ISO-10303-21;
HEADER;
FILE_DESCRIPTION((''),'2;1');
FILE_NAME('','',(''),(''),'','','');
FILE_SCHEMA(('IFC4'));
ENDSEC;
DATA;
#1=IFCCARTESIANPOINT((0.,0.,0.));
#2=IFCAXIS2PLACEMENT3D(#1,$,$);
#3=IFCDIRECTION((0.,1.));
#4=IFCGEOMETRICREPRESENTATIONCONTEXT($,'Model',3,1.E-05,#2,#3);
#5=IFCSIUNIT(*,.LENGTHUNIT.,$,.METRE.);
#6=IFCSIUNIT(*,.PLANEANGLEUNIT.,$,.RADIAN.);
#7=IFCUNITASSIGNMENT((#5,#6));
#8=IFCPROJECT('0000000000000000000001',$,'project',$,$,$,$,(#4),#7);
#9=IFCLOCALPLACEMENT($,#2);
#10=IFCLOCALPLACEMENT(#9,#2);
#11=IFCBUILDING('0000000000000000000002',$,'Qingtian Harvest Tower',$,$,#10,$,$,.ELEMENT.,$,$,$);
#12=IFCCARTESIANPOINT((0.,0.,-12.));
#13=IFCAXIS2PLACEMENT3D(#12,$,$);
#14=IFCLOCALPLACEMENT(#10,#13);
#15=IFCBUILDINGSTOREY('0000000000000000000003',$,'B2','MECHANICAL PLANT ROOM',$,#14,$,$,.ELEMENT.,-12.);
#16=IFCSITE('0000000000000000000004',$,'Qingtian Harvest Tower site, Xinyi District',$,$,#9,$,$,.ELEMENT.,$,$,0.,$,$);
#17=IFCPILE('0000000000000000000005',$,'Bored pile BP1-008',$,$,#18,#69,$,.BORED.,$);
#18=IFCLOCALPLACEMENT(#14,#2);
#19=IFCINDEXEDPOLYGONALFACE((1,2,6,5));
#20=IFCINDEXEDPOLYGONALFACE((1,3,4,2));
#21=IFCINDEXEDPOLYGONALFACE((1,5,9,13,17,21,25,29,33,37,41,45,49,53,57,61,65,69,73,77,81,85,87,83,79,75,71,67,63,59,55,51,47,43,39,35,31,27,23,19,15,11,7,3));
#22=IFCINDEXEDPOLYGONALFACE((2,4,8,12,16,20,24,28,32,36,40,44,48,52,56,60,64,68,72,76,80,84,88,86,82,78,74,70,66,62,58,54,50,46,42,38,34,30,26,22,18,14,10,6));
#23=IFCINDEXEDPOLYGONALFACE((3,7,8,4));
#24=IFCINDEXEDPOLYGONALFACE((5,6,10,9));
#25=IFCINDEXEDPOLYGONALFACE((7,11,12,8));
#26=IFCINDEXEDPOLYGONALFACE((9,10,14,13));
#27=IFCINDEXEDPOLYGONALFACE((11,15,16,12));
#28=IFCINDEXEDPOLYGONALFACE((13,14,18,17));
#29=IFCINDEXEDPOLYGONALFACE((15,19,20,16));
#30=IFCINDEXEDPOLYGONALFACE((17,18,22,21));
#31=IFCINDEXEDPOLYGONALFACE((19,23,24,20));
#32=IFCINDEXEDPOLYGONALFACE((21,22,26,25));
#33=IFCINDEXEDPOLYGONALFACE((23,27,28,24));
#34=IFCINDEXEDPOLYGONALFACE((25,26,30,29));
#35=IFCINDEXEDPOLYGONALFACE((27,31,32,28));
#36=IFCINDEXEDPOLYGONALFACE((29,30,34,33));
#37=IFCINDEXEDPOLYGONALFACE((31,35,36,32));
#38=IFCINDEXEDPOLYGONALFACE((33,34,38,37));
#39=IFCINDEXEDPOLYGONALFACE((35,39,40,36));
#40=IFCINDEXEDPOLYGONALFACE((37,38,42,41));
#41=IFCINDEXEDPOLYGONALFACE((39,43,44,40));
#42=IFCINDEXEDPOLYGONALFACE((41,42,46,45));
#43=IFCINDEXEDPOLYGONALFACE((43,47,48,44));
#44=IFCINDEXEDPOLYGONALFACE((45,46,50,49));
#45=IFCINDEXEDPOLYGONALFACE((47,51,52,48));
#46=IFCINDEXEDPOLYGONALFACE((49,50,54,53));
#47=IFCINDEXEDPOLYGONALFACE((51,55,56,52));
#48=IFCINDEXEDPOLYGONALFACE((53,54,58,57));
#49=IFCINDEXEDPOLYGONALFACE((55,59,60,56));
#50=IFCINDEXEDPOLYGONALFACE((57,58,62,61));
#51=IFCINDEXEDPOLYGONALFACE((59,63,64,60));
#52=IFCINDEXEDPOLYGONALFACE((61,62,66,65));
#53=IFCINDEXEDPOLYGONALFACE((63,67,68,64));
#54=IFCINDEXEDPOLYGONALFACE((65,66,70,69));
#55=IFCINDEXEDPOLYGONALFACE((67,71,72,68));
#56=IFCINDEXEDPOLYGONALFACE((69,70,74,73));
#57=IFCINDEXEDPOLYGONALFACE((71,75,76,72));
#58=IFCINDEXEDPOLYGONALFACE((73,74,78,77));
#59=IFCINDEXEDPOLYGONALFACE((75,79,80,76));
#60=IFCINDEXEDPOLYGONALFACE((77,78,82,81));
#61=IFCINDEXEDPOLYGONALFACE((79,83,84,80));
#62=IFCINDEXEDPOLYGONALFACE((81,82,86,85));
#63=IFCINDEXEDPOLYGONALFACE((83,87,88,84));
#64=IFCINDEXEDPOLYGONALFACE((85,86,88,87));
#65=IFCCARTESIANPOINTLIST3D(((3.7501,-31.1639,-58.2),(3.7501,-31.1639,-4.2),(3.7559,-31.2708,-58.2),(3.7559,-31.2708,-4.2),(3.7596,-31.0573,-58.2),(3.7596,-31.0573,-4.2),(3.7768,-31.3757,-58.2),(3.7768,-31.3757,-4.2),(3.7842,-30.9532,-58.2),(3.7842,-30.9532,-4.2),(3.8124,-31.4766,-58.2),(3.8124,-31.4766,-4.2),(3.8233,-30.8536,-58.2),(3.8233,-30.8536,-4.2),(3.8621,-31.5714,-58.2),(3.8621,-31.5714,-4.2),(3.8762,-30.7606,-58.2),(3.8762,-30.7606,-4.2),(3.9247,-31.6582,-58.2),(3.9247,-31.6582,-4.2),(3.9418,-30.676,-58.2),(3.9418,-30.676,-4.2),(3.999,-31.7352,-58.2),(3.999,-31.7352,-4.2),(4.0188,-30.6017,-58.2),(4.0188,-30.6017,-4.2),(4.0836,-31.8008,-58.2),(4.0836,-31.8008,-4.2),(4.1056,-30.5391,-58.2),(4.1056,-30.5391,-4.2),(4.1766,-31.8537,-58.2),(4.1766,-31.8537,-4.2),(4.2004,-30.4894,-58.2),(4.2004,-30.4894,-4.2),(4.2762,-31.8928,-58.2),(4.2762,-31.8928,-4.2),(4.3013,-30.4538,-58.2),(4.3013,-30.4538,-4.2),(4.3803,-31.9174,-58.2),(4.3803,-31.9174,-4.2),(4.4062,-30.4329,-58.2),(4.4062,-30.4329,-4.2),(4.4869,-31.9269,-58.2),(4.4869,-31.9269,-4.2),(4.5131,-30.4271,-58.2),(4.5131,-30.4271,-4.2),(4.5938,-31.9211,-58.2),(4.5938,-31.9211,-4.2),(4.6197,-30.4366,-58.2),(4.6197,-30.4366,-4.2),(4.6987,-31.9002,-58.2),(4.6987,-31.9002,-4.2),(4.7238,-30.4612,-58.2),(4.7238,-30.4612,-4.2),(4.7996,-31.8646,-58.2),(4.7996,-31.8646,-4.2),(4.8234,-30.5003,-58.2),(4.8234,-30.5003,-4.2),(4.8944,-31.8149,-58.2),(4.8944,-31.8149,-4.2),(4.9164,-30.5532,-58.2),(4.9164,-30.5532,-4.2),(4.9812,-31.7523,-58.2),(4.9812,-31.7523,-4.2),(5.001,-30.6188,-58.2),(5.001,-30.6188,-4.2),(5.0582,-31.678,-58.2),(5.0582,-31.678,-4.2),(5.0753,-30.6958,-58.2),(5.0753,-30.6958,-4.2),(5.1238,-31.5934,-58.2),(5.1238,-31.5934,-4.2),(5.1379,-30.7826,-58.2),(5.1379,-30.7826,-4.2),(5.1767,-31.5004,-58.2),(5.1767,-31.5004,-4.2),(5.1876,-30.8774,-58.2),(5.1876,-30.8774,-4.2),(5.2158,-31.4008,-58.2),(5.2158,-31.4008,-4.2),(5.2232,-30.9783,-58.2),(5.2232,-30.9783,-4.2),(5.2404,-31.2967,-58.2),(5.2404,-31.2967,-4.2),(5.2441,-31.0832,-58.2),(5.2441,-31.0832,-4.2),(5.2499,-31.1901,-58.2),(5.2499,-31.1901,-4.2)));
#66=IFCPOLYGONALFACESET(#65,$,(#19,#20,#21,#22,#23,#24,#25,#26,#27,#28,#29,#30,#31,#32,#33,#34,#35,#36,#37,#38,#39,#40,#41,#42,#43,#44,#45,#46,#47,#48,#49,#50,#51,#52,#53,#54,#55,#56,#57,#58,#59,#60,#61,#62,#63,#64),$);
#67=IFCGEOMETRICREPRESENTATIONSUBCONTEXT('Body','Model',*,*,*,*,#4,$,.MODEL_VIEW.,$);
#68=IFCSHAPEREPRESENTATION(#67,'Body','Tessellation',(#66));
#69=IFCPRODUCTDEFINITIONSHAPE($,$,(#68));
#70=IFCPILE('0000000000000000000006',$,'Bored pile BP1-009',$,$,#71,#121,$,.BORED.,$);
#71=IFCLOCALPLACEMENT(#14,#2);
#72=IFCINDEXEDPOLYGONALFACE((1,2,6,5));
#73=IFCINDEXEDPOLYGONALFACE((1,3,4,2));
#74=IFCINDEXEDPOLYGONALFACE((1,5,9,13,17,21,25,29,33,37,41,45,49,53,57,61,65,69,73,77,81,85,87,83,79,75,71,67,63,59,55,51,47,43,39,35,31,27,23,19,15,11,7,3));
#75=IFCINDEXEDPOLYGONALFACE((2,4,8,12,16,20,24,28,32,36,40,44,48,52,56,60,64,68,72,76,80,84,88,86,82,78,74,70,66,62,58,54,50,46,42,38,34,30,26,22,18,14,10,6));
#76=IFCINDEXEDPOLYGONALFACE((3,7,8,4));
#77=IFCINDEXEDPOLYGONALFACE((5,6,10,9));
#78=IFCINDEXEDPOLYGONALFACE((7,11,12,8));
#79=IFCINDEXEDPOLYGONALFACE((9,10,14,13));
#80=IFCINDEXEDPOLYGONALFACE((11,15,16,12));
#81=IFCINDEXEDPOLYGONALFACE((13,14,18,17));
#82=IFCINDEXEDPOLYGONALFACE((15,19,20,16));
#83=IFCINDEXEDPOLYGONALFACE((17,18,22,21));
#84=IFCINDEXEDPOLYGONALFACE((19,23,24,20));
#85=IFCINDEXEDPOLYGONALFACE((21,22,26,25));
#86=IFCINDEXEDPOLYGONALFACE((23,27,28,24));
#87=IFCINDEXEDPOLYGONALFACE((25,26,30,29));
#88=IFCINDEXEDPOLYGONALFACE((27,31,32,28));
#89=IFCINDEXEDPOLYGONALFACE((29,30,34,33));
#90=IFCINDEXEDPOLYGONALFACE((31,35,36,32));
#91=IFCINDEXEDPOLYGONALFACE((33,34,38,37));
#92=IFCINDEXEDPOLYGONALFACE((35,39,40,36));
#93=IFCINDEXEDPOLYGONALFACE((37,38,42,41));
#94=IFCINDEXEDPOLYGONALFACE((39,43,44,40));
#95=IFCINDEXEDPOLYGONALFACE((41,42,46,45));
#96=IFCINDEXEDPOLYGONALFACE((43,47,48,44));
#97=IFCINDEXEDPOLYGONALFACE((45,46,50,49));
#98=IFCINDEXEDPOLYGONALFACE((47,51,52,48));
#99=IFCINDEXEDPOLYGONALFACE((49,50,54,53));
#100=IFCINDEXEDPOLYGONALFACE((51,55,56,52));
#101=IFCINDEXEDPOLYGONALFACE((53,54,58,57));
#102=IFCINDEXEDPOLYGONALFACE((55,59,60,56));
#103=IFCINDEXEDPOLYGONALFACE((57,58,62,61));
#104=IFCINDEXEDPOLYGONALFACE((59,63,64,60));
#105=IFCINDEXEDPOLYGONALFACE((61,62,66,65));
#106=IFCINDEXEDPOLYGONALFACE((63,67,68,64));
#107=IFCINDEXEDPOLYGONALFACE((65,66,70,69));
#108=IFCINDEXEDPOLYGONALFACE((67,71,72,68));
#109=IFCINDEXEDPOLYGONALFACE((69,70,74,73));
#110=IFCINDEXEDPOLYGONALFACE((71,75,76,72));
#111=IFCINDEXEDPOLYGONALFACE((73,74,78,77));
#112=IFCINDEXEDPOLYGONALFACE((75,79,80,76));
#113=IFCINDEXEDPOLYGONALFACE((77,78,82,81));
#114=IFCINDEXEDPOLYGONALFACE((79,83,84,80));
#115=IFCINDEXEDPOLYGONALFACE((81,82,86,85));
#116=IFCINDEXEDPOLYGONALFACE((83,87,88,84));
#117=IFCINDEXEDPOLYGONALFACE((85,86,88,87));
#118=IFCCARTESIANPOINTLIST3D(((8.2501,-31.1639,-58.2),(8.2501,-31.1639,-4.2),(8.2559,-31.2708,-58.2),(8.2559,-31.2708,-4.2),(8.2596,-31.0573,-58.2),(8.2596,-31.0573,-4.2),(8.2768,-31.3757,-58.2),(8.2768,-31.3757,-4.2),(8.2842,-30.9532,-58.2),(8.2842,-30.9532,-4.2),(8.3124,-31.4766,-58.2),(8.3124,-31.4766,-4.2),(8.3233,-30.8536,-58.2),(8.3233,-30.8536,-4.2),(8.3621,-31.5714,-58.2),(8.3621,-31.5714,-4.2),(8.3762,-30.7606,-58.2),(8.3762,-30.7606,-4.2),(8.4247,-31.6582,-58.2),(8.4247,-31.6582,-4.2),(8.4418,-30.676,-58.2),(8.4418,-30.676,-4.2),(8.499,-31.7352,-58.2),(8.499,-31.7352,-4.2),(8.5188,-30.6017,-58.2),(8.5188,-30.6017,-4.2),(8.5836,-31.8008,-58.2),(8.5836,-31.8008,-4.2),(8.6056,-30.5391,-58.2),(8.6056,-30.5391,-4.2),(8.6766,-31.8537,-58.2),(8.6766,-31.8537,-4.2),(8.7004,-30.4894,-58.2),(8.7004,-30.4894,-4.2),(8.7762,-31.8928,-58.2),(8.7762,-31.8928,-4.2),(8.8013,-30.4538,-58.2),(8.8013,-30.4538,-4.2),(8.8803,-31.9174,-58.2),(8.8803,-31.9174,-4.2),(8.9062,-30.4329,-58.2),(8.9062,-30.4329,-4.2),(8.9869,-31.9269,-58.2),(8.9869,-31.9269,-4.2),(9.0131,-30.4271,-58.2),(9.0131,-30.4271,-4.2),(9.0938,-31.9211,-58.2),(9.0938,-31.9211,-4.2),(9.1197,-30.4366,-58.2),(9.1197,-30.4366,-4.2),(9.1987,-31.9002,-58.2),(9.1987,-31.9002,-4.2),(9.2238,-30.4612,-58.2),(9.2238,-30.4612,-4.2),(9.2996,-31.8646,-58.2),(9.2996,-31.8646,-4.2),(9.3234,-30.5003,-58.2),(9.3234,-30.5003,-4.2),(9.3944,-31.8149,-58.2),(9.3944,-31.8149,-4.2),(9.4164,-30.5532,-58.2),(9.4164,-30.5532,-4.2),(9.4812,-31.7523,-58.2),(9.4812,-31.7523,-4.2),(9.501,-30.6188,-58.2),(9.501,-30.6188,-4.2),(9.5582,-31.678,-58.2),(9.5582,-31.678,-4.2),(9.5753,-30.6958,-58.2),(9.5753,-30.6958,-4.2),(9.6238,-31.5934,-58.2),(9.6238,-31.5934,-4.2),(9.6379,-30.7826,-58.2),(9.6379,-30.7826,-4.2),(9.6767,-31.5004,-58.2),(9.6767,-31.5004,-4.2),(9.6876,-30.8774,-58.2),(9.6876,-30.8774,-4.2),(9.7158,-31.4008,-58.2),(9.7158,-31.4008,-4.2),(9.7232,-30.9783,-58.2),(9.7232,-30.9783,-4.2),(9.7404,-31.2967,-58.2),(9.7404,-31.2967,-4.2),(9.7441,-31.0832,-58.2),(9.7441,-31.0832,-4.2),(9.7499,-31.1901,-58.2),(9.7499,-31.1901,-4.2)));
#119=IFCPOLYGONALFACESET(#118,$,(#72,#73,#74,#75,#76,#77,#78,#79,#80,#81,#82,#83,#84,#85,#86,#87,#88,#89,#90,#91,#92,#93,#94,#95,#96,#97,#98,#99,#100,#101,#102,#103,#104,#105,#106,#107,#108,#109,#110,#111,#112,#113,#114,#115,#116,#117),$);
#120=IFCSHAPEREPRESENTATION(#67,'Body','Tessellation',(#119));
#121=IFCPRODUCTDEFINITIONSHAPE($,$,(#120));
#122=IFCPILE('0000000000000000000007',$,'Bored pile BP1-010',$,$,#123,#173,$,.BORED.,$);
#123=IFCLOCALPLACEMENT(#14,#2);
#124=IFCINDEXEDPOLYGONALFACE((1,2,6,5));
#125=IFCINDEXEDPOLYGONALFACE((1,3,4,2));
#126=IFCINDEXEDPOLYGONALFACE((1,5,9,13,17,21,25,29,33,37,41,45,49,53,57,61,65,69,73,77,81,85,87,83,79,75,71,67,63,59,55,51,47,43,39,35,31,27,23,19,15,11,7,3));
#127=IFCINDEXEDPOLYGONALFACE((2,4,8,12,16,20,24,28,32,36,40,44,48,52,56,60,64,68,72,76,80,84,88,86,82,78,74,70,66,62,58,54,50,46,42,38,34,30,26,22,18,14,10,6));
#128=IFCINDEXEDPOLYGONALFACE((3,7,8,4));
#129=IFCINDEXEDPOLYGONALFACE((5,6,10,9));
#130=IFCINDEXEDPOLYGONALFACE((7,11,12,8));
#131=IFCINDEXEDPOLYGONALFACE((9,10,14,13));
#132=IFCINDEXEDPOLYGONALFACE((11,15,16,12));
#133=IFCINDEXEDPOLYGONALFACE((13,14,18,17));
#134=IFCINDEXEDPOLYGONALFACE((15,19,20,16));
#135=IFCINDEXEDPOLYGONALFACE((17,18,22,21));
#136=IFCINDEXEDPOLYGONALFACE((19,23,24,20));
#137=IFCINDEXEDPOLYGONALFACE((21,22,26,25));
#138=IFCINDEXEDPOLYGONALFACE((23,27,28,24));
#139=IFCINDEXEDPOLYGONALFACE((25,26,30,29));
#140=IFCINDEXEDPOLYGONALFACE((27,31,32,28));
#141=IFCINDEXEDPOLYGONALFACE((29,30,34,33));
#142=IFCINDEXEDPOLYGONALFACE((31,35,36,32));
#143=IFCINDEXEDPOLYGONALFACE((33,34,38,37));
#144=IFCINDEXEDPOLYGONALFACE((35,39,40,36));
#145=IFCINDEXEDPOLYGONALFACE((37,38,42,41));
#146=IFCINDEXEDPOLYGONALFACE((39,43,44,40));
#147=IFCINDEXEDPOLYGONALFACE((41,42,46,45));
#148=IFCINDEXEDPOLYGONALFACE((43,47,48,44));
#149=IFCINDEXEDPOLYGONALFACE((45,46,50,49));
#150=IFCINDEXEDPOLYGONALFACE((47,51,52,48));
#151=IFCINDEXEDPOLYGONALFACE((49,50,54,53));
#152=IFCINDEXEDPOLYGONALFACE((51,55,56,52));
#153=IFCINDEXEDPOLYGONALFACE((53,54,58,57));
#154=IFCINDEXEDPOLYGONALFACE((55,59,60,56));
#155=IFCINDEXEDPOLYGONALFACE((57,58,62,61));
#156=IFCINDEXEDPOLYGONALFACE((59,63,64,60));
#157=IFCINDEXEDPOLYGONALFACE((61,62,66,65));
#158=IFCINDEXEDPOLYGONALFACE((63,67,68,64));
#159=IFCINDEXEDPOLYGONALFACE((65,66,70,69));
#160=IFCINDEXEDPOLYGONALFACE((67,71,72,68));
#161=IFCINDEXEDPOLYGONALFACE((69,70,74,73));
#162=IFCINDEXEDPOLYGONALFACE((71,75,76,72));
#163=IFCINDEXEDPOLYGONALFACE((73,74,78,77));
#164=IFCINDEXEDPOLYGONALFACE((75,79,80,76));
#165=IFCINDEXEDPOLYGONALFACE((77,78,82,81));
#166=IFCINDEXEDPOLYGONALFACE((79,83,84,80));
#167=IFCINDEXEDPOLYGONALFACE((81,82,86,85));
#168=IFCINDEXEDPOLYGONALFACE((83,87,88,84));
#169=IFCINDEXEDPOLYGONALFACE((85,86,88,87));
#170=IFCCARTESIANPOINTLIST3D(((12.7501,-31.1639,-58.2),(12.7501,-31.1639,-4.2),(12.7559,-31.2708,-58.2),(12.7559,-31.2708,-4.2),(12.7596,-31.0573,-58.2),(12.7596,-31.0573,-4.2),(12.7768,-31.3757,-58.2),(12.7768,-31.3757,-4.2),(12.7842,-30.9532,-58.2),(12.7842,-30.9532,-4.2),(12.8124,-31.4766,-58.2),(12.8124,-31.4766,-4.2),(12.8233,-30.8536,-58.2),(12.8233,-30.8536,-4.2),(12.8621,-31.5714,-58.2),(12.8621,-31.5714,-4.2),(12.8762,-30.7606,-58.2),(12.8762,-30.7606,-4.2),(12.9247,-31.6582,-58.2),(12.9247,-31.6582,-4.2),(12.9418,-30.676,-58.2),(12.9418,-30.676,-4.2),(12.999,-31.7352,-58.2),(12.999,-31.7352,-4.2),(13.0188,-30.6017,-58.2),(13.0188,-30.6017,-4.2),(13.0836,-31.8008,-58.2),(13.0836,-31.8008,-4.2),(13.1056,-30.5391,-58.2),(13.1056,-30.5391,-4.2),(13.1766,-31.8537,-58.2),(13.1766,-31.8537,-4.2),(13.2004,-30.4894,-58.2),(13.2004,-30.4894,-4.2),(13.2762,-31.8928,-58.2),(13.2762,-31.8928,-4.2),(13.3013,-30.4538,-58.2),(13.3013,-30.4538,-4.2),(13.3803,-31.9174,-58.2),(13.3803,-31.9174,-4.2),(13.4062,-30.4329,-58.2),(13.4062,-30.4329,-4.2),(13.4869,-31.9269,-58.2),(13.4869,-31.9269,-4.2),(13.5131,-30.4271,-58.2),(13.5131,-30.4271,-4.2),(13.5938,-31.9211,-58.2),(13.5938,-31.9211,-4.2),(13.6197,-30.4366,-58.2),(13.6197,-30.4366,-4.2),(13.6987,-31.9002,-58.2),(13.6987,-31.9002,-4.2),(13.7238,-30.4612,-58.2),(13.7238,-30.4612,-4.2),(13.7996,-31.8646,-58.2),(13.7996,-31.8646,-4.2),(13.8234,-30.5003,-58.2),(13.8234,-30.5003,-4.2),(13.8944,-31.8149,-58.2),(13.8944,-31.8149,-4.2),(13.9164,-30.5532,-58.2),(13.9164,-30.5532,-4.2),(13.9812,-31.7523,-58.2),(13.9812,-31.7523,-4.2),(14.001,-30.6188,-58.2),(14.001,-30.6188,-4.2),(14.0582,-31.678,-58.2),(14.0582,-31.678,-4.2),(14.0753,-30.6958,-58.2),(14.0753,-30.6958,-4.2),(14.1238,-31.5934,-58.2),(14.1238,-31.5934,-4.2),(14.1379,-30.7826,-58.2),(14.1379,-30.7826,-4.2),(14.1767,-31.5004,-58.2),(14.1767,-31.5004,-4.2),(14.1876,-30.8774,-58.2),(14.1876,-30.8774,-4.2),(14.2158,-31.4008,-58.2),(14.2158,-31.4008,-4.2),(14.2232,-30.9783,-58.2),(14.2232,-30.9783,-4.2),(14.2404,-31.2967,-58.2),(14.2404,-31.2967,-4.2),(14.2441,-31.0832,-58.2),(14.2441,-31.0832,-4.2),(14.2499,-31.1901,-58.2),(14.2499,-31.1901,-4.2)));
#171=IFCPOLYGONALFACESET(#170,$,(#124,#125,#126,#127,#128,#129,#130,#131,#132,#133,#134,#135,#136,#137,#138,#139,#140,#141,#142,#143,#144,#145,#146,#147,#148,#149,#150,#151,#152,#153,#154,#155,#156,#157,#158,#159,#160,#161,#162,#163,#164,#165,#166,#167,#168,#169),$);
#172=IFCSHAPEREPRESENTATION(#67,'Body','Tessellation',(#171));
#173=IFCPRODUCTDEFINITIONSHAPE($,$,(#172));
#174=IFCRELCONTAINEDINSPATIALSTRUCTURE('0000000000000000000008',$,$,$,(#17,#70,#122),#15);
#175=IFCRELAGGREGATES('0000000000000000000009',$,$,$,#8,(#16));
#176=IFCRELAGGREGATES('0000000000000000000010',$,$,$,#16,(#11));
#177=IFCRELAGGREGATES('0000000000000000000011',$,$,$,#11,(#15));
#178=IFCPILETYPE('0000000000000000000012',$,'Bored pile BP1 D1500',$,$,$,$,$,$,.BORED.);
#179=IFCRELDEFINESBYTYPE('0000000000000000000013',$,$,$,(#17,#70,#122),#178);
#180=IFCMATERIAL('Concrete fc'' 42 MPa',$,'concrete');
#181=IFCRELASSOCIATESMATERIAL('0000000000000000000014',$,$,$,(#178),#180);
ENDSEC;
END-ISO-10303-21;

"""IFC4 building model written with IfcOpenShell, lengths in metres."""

from ifc_helpers import new_model, si_unit, direction, frame, frame_2d, origin, place, context, subcontext, project, spatial, circle, extrude, material, material_profile, profile_set, type_object, element, save


model = new_model("IFC4")

# Units and contexts
model_context = context("Model", 3, precision=1e-05, world=origin(), true_north=direction((0.0, 1.0)))
body_context = subcontext(model_context, "Body", "Model", "MODEL_VIEW")
ifc_project = project(units=[si_unit("LENGTHUNIT", "METRE"), si_unit("PLANEANGLEUNIT", "RADIAN")], contexts=[model_context])

# Site, building, storey
site_placement = place(None, origin())
site = spatial("IfcSite", under=ifc_project, at=site_placement, Name="Qingtian Harvest Tower site, Xinyi District", CompositionType="ELEMENT", RefElevation=0.0)
building_placement = place(site_placement, origin())
building = spatial("IfcBuilding", under=site, at=building_placement, Name="Qingtian Harvest Tower", CompositionType="ELEMENT")
storey_placement = place(building_placement, frame((0.0, 0.0, -12.0)))
storey = spatial("IfcBuildingStorey", under=building, at=storey_placement, Name="B2", Description="MECHANICAL PLANT ROOM", CompositionType="ELEMENT", Elevation=-12.0)

# Piles
ifc_material_1 = material(Name="Concrete fc' 42 MPa", Category="concrete")
ifc_material_profile_1 = material_profile(ifc_material_1, circle(Radius=0.75, at=frame_2d((0.0, 0.0), x_axis=(0.999848, 0.017452))), Name="Bored pile BP1 D1500")
ifc_profile_set_1 = profile_set([ifc_material_profile_1], Name="Concrete fc' 42 MPa")
pile_type = type_object("IfcPileType", Name="Bored pile BP1 D1500", PredefinedType="BORED", material=ifc_profile_set_1)
for number, where, z_axis, x_axis, name in (
    (1, (4.5, -31.177, -4.2), (0.0, 0.0, -1.0), (1.0, 0.0, 0.0), "Bored pile BP1-008"),
    (2, (9.0, -31.177, -4.2), (0.0, 0.0, -1.0), (1.0, 0.0, 0.0), "Bored pile BP1-009"),
    (3, (13.5, -31.177, -4.2), (0.0, 0.0, -1.0), (1.0, 0.0, 0.0), "Bored pile BP1-010"),
):
    element("IfcPile", number, at=place(storey_placement, frame(where, z_axis=z_axis, x_axis=x_axis)), inside=storey, type_object=pile_type, Name=name, PredefinedType="BORED", context=body_context, shape_type="SweptSolid", body=[
        extrude(circle(Radius=0.75, at=frame_2d((0.0, 0.0), x_axis=(0.999848, 0.017452))), origin(), (0.0, 0.0, 1.0), 54.0),
    ])

save(model, "model.ifc")
